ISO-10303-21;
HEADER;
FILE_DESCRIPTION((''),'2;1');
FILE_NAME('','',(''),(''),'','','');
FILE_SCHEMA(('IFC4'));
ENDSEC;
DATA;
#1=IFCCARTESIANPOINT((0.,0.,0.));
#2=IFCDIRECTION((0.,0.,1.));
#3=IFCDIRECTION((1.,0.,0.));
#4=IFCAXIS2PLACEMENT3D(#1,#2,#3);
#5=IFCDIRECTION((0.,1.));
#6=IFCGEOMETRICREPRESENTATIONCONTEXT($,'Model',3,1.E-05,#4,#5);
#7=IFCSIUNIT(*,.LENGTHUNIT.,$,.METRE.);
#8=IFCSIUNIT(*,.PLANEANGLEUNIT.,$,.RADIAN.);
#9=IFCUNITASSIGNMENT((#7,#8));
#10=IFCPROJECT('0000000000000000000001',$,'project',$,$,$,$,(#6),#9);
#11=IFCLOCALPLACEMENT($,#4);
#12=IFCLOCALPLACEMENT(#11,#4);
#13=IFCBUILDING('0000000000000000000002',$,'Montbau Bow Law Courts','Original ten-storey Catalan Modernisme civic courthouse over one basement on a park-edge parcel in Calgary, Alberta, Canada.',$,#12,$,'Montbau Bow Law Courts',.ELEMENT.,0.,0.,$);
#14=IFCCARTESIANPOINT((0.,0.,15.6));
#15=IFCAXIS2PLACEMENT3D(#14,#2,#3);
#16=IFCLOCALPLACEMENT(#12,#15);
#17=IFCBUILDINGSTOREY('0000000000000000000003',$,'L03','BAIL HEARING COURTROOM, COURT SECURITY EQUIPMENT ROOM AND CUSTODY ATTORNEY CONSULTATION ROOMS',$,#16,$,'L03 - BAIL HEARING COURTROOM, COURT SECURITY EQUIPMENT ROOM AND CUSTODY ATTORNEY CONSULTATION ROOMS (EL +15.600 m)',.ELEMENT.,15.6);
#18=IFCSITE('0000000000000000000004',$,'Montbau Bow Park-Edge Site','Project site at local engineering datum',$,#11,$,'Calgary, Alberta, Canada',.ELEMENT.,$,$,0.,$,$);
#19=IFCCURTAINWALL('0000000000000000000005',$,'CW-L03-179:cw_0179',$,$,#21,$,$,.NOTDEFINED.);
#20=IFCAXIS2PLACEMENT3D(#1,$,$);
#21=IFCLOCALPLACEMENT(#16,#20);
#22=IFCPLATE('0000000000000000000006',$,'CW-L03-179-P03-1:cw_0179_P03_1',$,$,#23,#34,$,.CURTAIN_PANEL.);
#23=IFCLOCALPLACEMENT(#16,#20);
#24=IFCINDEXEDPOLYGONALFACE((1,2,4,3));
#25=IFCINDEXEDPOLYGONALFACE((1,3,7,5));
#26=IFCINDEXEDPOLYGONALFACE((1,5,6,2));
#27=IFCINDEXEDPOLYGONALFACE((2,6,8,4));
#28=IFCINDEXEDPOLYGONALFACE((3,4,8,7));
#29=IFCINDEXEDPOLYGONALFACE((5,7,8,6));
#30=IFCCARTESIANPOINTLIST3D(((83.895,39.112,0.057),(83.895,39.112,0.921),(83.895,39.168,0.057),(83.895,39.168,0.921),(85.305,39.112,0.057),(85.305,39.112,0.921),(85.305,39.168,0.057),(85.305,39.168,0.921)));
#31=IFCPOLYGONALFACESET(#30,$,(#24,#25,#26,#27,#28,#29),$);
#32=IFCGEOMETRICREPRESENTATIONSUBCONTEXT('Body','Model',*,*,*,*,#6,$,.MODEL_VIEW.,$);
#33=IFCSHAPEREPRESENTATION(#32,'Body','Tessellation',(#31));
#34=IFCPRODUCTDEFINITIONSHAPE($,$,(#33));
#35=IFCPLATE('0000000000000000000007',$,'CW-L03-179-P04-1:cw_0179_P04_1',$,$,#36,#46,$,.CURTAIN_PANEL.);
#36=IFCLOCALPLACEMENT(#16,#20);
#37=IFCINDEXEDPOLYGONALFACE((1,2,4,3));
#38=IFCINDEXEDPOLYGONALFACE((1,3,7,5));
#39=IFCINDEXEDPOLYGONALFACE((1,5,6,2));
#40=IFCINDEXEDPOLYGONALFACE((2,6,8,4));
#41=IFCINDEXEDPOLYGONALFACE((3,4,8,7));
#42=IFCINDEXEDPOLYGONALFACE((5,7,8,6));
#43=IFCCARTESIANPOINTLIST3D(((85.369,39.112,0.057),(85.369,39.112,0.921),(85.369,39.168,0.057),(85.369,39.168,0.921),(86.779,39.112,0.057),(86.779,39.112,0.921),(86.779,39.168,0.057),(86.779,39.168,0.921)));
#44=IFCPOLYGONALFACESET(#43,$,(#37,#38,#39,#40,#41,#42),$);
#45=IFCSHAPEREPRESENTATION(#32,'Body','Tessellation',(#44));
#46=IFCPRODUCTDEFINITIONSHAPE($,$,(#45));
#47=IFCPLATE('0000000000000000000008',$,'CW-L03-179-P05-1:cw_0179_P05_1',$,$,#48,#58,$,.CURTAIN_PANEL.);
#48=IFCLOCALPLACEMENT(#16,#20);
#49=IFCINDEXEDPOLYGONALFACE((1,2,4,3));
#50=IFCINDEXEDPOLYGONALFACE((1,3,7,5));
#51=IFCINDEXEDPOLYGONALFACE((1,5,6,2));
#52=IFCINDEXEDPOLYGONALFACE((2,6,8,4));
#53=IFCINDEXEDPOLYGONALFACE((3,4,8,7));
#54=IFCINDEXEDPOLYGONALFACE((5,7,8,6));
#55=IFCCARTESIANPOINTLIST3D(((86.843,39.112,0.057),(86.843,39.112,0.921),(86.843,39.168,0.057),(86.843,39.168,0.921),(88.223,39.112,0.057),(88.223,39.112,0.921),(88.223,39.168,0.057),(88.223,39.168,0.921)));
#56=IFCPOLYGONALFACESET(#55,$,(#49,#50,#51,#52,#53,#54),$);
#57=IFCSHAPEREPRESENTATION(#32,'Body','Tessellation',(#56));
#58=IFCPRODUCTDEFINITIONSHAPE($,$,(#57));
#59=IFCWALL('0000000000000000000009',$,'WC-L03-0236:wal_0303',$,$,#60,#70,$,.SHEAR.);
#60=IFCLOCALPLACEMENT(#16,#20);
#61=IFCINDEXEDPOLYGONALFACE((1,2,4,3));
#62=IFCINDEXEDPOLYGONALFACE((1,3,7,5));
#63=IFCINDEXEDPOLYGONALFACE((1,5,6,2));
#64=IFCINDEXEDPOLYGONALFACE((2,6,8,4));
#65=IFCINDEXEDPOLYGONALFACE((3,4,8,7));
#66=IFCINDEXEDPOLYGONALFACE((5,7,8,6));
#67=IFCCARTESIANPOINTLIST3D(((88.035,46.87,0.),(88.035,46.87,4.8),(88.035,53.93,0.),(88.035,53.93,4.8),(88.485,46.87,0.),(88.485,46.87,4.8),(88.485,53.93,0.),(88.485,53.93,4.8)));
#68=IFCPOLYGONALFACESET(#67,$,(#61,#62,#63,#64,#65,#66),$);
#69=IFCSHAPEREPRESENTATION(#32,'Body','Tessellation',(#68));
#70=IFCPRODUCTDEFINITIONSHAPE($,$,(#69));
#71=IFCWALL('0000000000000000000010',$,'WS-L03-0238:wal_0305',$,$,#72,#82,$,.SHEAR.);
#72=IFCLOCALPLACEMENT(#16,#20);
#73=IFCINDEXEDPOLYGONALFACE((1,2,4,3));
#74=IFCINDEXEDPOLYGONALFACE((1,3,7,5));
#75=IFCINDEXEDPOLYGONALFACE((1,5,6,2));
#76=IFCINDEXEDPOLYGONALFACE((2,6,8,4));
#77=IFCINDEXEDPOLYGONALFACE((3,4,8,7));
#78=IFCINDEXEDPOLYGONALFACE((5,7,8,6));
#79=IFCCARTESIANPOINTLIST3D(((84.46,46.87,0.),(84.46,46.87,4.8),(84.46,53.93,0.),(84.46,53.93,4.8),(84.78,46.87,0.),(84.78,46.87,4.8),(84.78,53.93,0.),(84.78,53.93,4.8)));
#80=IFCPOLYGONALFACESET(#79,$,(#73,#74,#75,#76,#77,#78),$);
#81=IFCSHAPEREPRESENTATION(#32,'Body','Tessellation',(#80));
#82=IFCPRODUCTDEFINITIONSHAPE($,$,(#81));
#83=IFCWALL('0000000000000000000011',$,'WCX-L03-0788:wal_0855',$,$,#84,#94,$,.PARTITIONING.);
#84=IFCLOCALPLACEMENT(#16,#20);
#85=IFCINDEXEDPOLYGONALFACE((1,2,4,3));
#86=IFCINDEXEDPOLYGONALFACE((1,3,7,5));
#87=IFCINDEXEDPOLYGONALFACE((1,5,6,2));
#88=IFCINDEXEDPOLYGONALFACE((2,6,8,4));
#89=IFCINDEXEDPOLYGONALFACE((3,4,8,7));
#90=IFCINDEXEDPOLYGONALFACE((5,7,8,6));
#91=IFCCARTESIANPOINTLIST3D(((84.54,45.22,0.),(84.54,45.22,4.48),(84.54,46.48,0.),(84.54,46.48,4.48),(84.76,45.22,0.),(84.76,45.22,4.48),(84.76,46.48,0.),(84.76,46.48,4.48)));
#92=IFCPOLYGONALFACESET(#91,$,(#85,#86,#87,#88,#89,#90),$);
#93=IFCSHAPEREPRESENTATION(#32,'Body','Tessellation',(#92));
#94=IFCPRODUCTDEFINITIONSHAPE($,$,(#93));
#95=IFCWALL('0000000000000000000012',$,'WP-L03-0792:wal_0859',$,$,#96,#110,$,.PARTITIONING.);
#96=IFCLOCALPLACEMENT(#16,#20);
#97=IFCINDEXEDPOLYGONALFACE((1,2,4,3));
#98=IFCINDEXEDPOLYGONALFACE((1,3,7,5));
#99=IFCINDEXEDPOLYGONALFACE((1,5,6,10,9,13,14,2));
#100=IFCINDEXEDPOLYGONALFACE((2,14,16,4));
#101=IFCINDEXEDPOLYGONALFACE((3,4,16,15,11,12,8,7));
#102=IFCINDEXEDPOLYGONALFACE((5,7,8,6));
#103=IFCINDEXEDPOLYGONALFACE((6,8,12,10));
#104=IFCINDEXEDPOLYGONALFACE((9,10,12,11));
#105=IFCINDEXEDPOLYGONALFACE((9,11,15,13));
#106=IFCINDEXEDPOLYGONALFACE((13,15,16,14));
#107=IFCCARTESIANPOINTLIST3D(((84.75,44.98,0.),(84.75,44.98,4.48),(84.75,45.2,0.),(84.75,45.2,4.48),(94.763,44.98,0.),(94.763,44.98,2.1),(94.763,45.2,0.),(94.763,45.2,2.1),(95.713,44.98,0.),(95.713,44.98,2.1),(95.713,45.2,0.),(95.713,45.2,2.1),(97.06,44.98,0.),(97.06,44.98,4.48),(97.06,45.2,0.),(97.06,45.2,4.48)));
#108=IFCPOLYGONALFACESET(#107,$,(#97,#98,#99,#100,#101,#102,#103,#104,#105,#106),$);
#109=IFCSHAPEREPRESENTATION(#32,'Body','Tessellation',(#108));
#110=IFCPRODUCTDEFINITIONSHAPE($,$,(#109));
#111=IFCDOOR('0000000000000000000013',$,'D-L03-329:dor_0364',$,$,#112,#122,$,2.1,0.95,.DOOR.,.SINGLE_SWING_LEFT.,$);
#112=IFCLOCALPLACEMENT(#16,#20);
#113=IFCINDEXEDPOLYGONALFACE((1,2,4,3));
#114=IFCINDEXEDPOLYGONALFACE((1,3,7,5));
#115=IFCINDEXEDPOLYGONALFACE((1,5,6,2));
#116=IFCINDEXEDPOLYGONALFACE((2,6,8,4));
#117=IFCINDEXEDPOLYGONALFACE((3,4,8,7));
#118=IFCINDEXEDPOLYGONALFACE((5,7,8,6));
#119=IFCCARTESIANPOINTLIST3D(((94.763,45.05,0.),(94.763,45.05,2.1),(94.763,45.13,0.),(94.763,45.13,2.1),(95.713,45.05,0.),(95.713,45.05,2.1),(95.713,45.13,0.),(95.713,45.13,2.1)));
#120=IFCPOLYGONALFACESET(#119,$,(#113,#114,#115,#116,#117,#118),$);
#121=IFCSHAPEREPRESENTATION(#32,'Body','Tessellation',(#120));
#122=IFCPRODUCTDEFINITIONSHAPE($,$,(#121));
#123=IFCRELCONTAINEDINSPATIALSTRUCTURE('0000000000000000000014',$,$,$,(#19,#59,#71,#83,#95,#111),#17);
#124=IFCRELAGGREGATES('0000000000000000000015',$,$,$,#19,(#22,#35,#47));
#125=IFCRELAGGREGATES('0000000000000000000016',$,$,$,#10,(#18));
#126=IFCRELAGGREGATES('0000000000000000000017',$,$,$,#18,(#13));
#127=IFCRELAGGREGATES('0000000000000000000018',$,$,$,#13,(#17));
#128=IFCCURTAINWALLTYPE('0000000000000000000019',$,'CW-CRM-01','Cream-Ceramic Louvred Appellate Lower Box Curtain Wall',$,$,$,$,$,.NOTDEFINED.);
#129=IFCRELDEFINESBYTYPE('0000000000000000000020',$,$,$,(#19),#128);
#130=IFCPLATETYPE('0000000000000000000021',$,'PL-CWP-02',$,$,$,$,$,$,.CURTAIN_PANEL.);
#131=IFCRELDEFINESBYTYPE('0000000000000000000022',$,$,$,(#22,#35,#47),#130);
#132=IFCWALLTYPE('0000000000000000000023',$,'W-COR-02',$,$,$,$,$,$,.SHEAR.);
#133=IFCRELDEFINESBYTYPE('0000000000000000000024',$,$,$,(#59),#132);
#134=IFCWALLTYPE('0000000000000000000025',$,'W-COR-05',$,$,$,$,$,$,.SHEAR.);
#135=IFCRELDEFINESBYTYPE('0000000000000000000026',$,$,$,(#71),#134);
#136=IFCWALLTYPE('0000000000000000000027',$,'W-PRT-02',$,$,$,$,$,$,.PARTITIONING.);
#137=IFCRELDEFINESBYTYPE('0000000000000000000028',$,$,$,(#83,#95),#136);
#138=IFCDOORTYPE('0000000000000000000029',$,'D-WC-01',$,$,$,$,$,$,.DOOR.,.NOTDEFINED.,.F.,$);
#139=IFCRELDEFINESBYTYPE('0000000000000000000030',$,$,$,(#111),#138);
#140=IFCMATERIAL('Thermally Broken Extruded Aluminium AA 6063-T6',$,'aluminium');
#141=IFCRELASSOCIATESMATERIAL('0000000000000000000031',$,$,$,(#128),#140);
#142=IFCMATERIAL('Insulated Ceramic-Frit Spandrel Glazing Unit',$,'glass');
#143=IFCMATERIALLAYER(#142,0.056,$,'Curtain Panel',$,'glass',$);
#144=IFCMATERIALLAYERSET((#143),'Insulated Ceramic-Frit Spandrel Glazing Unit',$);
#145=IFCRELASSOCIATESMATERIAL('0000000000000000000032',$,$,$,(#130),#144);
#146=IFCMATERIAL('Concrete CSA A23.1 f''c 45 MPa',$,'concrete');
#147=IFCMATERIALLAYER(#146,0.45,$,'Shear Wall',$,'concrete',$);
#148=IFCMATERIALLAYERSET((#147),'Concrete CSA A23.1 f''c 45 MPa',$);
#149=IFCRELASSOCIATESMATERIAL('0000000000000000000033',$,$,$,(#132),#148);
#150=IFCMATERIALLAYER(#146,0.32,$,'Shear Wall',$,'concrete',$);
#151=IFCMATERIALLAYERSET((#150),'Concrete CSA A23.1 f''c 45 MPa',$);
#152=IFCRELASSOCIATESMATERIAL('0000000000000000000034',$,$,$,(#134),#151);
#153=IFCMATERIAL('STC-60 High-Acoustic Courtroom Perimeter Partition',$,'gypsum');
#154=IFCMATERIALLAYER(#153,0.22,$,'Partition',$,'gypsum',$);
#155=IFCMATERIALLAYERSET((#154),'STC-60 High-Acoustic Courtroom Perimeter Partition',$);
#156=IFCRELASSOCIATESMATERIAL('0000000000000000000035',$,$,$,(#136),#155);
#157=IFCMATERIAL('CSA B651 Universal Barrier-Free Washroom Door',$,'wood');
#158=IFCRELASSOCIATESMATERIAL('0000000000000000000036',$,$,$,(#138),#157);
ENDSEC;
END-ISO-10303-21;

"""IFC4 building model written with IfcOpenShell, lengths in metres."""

from ifc_helpers import new_model, si_unit, direction, frame, frame_2d, origin_with_axes, place, context, subcontext, project, spatial, rectangle, extrude, material, layer, layer_set, type_object, element, fill, aggregate, save


model = new_model("IFC4")

# Units and contexts
model_context = context("Model", 3, precision=1e-05, world=origin_with_axes(), true_north=direction((0.0, 1.0)))
body_context = subcontext(model_context, "Body", "Model", "MODEL_VIEW")
ifc_project = project(units=[si_unit("LENGTHUNIT", "METRE"), si_unit("PLANEANGLEUNIT", "RADIAN")], contexts=[model_context])

# Site, building, storey
site_placement = place(None, origin_with_axes())
site = spatial("IfcSite", under=ifc_project, at=site_placement, Name="Montbau Bow Park-Edge Site", Description="Project site at local engineering datum", LongName="Calgary, Alberta, Canada", CompositionType="ELEMENT", RefElevation=0.0)
building_placement = place(site_placement, origin_with_axes())
building = spatial("IfcBuilding", under=site, at=building_placement, Name="Montbau Bow Law Courts", Description="Original ten-storey Catalan Modernisme civic courthouse over one basement on a park-edge parcel in Calgary, Alberta, Canada.", LongName="Montbau Bow Law Courts", CompositionType="ELEMENT", ElevationOfRefHeight=0.0, ElevationOfTerrain=0.0)
storey_placement = place(building_placement, frame((0.0, 0.0, 15.6), z_axis=(0.0, 0.0, 1.0), x_axis=(1.0, 0.0, 0.0)))
storey = spatial("IfcBuildingStorey", under=building, at=storey_placement, Name="L03", Description="BAIL HEARING COURTROOM, COURT SECURITY EQUIPMENT ROOM AND CUSTODY ATTORNEY CONSULTATION ROOMS", LongName="L03 - BAIL HEARING COURTROOM, COURT SECURITY EQUIPMENT ROOM AND CUSTODY ATTORNEY CONSULTATION ROOMS (EL +15.600 m)", CompositionType="ELEMENT", Elevation=15.6)

# Curtain wall, plates
ifc_material_1 = material(Name="Thermally Broken Extruded Aluminium AA 6063-T6", Category="aluminium")
curtain_wall_type = type_object("IfcCurtainWallType", Name="CW-CRM-01", Description="Cream-Ceramic Louvred Appellate Lower Box Curtain Wall", PredefinedType="NOTDEFINED", material=ifc_material_1)
curtain_wall_placement = place(None, frame((80.915, 39.14, 15.6), z_axis=(0.0, 0.0, 1.0), x_axis=(1.0, 0.0, 0.0)))
curtain_wall = element("IfcCurtainWall", 1, at=curtain_wall_placement, inside=storey, type_object=curtain_wall_type, Name="CW-L03-179:cw_0179", PredefinedType="NOTDEFINED")
ifc_material_2 = material(Name="Insulated Ceramic-Frit Spandrel Glazing Unit", Category="glass")
ifc_layer_1 = layer(ifc_material_2, 0.056, Name="Curtain Panel", Category="glass")
ifc_layer_set_1 = layer_set([ifc_layer_1], Name="Insulated Ceramic-Frit Spandrel Glazing Unit")
plate_type_1 = type_object("IfcPlateType", Name="PL-CWP-02", PredefinedType="CURTAIN_PANEL", material=ifc_layer_set_1)
plate_1_placement = place(None, frame((83.895, 39.14, 15.657), z_axis=(0.0, -1.0, 0.0), x_axis=(1.0, 0.0, 0.0)))
plate_1 = element("IfcPlate", 2, at=plate_1_placement, type_object=plate_type_1, Name="CW-L03-179-P03-1:cw_0179_P03_1", PredefinedType="CURTAIN_PANEL", context=body_context, shape_type="SweptSolid", body=[
    extrude(rectangle(XDim=1.41, YDim=0.864, at=frame_2d((0.705, 0.432), x_axis=(1.0, 0.0))), frame((0.0, 0.0, -0.028), z_axis=(0.0, 0.0, 1.0), x_axis=(1.0, 0.0, 0.0)), (0.0, 0.0, 1.0), 0.056),
])
plate_2_placement = place(None, frame((85.369, 39.14, 15.657), z_axis=(0.0, -1.0, 0.0), x_axis=(1.0, 0.0, 0.0)))
plate_2 = element("IfcPlate", 3, at=plate_2_placement, type_object=plate_type_1, Name="CW-L03-179-P04-1:cw_0179_P04_1", PredefinedType="CURTAIN_PANEL", context=body_context, shape_type="SweptSolid", body=[
    extrude(rectangle(XDim=1.41, YDim=0.864, at=frame_2d((0.705, 0.432), x_axis=(1.0, 0.0))), frame((0.0, 0.0, -0.028), z_axis=(0.0, 0.0, 1.0), x_axis=(1.0, 0.0, 0.0)), (0.0, 0.0, 1.0), 0.056),
])
plate_3_placement = place(None, frame((86.843, 39.14, 15.657), z_axis=(0.0, -1.0, 0.0), x_axis=(1.0, 0.0, 0.0)))
plate_3 = element("IfcPlate", 4, at=plate_3_placement, type_object=plate_type_1, Name="CW-L03-179-P05-1:cw_0179_P05_1", PredefinedType="CURTAIN_PANEL", context=body_context, shape_type="SweptSolid", body=[
    extrude(rectangle(XDim=1.38, YDim=0.864, at=frame_2d((0.69, 0.432), x_axis=(1.0, 0.0))), frame((0.0, 0.0, -0.028), z_axis=(0.0, 0.0, 1.0), x_axis=(1.0, 0.0, 0.0)), (0.0, 0.0, 1.0), 0.056),
])
aggregate(curtain_wall, [plate_1, plate_2, plate_3])

# Walls
ifc_material_3 = material(Name="Concrete CSA A23.1 f'c 45 MPa", Category="concrete")
ifc_layer_2 = layer(ifc_material_3, 0.45, Name="Shear Wall", Category="concrete")
ifc_layer_set_2 = layer_set([ifc_layer_2], Name="Concrete CSA A23.1 f'c 45 MPa")
wall_type_1 = type_object("IfcWallType", Name="W-COR-02", PredefinedType="SHEAR", material=ifc_layer_set_2)
wall_1_placement = place(None, frame((88.26, 46.87, 15.6), z_axis=(0.0, 0.0, 1.0), x_axis=(0.0, 1.0, 0.0)))
element("IfcWall", 5, at=wall_1_placement, inside=storey, type_object=wall_type_1, Name="WC-L03-0236:wal_0303", PredefinedType="SHEAR", context=body_context, shape_type="SweptSolid", body=[
    extrude(rectangle(XDim=7.06, YDim=0.45, at=frame_2d((3.53, 0.0), x_axis=(1.0, 0.0))), origin_with_axes(), (0.0, 0.0, 1.0), 4.8),
])
ifc_layer_3 = layer(ifc_material_3, 0.32, Name="Shear Wall", Category="concrete")
ifc_layer_set_3 = layer_set([ifc_layer_3], Name="Concrete CSA A23.1 f'c 45 MPa")
wall_type_2 = type_object("IfcWallType", Name="W-COR-05", PredefinedType="SHEAR", material=ifc_layer_set_3)
wall_2_placement = place(None, frame((84.62, 46.87, 15.6), z_axis=(0.0, 0.0, 1.0), x_axis=(0.0, 1.0, 0.0)))
element("IfcWall", 6, at=wall_2_placement, inside=storey, type_object=wall_type_2, Name="WS-L03-0238:wal_0305", PredefinedType="SHEAR", context=body_context, shape_type="SweptSolid", body=[
    extrude(rectangle(XDim=7.06, YDim=0.32, at=frame_2d((3.53, 0.0), x_axis=(1.0, 0.0))), origin_with_axes(), (0.0, 0.0, 1.0), 4.8),
])
ifc_material_4 = material(Name="STC-60 High-Acoustic Courtroom Perimeter Partition", Category="gypsum")
ifc_layer_4 = layer(ifc_material_4, 0.22, Name="Partition", Category="gypsum")
ifc_layer_set_4 = layer_set([ifc_layer_4], Name="STC-60 High-Acoustic Courtroom Perimeter Partition")
wall_type_3 = type_object("IfcWallType", Name="W-PRT-02", PredefinedType="PARTITIONING", material=ifc_layer_set_4)
wall_3_placement = place(None, frame((84.65, 45.22, 15.6), z_axis=(0.0, 0.0, 1.0), x_axis=(0.0, 1.0, 0.0)))
element("IfcWall", 7, at=wall_3_placement, inside=storey, type_object=wall_type_3, Name="WCX-L03-0788:wal_0855", PredefinedType="PARTITIONING", context=body_context, shape_type="SweptSolid", body=[
    extrude(rectangle(XDim=1.26, YDim=0.22, at=frame_2d((0.63, 0.0), x_axis=(1.0, 0.0))), origin_with_axes(), (0.0, 0.0, 1.0), 4.48),
])

# Wall, opening, door
wall_4_placement = place(None, frame((84.75, 45.09, 15.6), z_axis=(0.0, 0.0, 1.0), x_axis=(1.0, 0.0, 0.0)))
wall_4 = element("IfcWall", 8, at=wall_4_placement, inside=storey, type_object=wall_type_3, Name="WP-L03-0792:wal_0859", PredefinedType="PARTITIONING", context=body_context, shape_type="SweptSolid", body=[
    extrude(rectangle(XDim=12.31, YDim=0.22, at=frame_2d((6.155, 0.0), x_axis=(1.0, 0.0))), origin_with_axes(), (0.0, 0.0, 1.0), 4.48),
])
opening_placement = place(None, frame((95.238, 45.09, 15.6), z_axis=(0.0, 0.0, 1.0), x_axis=(1.0, 0.0, 0.0)))
opening = element("IfcOpeningElement", 9, at=opening_placement, cuts=wall_4, PredefinedType="OPENING", context=body_context, shape_type="SweptSolid", body=[
    extrude(rectangle(XDim=0.95, YDim=2.1, at=frame_2d((0.0, 1.05), x_axis=(1.0, 0.0))), frame((0.0, 0.12, 0.0), z_axis=(0.0, -1.0, 0.0), x_axis=(1.0, 0.0, 0.0)), (0.0, 0.0, 1.0), 0.24),
])
ifc_material_5 = material(Name="CSA B651 Universal Barrier-Free Washroom Door", Category="wood")
door_type = type_object("IfcDoorType", Name="D-WC-01", OperationType="NOTDEFINED", ParameterTakesPrecedence=False, PredefinedType="DOOR", material=ifc_material_5)
door_placement = place(None, frame((95.238, 45.09, 15.6), z_axis=(0.0, 0.0, 1.0), x_axis=(-1.0, 0.0, 0.0)))
door = element("IfcDoor", 10, at=door_placement, inside=storey, type_object=door_type, Name="D-L03-329:dor_0364", OperationType="SINGLE_SWING_LEFT", OverallHeight=2.1, OverallWidth=0.95, PredefinedType="DOOR", context=body_context, shape_type="SweptSolid", body=[
    extrude(rectangle(XDim=0.95, YDim=2.1, at=frame_2d((0.0, 1.05), x_axis=(1.0, 0.0))), frame((0.0, 0.04, 0.0), z_axis=(0.0, -1.0, 0.0), x_axis=(1.0, 0.0, 0.0)), (0.0, 0.0, 1.0), 0.08),
])
fill(opening, door)

save(model, "model.ifc")
